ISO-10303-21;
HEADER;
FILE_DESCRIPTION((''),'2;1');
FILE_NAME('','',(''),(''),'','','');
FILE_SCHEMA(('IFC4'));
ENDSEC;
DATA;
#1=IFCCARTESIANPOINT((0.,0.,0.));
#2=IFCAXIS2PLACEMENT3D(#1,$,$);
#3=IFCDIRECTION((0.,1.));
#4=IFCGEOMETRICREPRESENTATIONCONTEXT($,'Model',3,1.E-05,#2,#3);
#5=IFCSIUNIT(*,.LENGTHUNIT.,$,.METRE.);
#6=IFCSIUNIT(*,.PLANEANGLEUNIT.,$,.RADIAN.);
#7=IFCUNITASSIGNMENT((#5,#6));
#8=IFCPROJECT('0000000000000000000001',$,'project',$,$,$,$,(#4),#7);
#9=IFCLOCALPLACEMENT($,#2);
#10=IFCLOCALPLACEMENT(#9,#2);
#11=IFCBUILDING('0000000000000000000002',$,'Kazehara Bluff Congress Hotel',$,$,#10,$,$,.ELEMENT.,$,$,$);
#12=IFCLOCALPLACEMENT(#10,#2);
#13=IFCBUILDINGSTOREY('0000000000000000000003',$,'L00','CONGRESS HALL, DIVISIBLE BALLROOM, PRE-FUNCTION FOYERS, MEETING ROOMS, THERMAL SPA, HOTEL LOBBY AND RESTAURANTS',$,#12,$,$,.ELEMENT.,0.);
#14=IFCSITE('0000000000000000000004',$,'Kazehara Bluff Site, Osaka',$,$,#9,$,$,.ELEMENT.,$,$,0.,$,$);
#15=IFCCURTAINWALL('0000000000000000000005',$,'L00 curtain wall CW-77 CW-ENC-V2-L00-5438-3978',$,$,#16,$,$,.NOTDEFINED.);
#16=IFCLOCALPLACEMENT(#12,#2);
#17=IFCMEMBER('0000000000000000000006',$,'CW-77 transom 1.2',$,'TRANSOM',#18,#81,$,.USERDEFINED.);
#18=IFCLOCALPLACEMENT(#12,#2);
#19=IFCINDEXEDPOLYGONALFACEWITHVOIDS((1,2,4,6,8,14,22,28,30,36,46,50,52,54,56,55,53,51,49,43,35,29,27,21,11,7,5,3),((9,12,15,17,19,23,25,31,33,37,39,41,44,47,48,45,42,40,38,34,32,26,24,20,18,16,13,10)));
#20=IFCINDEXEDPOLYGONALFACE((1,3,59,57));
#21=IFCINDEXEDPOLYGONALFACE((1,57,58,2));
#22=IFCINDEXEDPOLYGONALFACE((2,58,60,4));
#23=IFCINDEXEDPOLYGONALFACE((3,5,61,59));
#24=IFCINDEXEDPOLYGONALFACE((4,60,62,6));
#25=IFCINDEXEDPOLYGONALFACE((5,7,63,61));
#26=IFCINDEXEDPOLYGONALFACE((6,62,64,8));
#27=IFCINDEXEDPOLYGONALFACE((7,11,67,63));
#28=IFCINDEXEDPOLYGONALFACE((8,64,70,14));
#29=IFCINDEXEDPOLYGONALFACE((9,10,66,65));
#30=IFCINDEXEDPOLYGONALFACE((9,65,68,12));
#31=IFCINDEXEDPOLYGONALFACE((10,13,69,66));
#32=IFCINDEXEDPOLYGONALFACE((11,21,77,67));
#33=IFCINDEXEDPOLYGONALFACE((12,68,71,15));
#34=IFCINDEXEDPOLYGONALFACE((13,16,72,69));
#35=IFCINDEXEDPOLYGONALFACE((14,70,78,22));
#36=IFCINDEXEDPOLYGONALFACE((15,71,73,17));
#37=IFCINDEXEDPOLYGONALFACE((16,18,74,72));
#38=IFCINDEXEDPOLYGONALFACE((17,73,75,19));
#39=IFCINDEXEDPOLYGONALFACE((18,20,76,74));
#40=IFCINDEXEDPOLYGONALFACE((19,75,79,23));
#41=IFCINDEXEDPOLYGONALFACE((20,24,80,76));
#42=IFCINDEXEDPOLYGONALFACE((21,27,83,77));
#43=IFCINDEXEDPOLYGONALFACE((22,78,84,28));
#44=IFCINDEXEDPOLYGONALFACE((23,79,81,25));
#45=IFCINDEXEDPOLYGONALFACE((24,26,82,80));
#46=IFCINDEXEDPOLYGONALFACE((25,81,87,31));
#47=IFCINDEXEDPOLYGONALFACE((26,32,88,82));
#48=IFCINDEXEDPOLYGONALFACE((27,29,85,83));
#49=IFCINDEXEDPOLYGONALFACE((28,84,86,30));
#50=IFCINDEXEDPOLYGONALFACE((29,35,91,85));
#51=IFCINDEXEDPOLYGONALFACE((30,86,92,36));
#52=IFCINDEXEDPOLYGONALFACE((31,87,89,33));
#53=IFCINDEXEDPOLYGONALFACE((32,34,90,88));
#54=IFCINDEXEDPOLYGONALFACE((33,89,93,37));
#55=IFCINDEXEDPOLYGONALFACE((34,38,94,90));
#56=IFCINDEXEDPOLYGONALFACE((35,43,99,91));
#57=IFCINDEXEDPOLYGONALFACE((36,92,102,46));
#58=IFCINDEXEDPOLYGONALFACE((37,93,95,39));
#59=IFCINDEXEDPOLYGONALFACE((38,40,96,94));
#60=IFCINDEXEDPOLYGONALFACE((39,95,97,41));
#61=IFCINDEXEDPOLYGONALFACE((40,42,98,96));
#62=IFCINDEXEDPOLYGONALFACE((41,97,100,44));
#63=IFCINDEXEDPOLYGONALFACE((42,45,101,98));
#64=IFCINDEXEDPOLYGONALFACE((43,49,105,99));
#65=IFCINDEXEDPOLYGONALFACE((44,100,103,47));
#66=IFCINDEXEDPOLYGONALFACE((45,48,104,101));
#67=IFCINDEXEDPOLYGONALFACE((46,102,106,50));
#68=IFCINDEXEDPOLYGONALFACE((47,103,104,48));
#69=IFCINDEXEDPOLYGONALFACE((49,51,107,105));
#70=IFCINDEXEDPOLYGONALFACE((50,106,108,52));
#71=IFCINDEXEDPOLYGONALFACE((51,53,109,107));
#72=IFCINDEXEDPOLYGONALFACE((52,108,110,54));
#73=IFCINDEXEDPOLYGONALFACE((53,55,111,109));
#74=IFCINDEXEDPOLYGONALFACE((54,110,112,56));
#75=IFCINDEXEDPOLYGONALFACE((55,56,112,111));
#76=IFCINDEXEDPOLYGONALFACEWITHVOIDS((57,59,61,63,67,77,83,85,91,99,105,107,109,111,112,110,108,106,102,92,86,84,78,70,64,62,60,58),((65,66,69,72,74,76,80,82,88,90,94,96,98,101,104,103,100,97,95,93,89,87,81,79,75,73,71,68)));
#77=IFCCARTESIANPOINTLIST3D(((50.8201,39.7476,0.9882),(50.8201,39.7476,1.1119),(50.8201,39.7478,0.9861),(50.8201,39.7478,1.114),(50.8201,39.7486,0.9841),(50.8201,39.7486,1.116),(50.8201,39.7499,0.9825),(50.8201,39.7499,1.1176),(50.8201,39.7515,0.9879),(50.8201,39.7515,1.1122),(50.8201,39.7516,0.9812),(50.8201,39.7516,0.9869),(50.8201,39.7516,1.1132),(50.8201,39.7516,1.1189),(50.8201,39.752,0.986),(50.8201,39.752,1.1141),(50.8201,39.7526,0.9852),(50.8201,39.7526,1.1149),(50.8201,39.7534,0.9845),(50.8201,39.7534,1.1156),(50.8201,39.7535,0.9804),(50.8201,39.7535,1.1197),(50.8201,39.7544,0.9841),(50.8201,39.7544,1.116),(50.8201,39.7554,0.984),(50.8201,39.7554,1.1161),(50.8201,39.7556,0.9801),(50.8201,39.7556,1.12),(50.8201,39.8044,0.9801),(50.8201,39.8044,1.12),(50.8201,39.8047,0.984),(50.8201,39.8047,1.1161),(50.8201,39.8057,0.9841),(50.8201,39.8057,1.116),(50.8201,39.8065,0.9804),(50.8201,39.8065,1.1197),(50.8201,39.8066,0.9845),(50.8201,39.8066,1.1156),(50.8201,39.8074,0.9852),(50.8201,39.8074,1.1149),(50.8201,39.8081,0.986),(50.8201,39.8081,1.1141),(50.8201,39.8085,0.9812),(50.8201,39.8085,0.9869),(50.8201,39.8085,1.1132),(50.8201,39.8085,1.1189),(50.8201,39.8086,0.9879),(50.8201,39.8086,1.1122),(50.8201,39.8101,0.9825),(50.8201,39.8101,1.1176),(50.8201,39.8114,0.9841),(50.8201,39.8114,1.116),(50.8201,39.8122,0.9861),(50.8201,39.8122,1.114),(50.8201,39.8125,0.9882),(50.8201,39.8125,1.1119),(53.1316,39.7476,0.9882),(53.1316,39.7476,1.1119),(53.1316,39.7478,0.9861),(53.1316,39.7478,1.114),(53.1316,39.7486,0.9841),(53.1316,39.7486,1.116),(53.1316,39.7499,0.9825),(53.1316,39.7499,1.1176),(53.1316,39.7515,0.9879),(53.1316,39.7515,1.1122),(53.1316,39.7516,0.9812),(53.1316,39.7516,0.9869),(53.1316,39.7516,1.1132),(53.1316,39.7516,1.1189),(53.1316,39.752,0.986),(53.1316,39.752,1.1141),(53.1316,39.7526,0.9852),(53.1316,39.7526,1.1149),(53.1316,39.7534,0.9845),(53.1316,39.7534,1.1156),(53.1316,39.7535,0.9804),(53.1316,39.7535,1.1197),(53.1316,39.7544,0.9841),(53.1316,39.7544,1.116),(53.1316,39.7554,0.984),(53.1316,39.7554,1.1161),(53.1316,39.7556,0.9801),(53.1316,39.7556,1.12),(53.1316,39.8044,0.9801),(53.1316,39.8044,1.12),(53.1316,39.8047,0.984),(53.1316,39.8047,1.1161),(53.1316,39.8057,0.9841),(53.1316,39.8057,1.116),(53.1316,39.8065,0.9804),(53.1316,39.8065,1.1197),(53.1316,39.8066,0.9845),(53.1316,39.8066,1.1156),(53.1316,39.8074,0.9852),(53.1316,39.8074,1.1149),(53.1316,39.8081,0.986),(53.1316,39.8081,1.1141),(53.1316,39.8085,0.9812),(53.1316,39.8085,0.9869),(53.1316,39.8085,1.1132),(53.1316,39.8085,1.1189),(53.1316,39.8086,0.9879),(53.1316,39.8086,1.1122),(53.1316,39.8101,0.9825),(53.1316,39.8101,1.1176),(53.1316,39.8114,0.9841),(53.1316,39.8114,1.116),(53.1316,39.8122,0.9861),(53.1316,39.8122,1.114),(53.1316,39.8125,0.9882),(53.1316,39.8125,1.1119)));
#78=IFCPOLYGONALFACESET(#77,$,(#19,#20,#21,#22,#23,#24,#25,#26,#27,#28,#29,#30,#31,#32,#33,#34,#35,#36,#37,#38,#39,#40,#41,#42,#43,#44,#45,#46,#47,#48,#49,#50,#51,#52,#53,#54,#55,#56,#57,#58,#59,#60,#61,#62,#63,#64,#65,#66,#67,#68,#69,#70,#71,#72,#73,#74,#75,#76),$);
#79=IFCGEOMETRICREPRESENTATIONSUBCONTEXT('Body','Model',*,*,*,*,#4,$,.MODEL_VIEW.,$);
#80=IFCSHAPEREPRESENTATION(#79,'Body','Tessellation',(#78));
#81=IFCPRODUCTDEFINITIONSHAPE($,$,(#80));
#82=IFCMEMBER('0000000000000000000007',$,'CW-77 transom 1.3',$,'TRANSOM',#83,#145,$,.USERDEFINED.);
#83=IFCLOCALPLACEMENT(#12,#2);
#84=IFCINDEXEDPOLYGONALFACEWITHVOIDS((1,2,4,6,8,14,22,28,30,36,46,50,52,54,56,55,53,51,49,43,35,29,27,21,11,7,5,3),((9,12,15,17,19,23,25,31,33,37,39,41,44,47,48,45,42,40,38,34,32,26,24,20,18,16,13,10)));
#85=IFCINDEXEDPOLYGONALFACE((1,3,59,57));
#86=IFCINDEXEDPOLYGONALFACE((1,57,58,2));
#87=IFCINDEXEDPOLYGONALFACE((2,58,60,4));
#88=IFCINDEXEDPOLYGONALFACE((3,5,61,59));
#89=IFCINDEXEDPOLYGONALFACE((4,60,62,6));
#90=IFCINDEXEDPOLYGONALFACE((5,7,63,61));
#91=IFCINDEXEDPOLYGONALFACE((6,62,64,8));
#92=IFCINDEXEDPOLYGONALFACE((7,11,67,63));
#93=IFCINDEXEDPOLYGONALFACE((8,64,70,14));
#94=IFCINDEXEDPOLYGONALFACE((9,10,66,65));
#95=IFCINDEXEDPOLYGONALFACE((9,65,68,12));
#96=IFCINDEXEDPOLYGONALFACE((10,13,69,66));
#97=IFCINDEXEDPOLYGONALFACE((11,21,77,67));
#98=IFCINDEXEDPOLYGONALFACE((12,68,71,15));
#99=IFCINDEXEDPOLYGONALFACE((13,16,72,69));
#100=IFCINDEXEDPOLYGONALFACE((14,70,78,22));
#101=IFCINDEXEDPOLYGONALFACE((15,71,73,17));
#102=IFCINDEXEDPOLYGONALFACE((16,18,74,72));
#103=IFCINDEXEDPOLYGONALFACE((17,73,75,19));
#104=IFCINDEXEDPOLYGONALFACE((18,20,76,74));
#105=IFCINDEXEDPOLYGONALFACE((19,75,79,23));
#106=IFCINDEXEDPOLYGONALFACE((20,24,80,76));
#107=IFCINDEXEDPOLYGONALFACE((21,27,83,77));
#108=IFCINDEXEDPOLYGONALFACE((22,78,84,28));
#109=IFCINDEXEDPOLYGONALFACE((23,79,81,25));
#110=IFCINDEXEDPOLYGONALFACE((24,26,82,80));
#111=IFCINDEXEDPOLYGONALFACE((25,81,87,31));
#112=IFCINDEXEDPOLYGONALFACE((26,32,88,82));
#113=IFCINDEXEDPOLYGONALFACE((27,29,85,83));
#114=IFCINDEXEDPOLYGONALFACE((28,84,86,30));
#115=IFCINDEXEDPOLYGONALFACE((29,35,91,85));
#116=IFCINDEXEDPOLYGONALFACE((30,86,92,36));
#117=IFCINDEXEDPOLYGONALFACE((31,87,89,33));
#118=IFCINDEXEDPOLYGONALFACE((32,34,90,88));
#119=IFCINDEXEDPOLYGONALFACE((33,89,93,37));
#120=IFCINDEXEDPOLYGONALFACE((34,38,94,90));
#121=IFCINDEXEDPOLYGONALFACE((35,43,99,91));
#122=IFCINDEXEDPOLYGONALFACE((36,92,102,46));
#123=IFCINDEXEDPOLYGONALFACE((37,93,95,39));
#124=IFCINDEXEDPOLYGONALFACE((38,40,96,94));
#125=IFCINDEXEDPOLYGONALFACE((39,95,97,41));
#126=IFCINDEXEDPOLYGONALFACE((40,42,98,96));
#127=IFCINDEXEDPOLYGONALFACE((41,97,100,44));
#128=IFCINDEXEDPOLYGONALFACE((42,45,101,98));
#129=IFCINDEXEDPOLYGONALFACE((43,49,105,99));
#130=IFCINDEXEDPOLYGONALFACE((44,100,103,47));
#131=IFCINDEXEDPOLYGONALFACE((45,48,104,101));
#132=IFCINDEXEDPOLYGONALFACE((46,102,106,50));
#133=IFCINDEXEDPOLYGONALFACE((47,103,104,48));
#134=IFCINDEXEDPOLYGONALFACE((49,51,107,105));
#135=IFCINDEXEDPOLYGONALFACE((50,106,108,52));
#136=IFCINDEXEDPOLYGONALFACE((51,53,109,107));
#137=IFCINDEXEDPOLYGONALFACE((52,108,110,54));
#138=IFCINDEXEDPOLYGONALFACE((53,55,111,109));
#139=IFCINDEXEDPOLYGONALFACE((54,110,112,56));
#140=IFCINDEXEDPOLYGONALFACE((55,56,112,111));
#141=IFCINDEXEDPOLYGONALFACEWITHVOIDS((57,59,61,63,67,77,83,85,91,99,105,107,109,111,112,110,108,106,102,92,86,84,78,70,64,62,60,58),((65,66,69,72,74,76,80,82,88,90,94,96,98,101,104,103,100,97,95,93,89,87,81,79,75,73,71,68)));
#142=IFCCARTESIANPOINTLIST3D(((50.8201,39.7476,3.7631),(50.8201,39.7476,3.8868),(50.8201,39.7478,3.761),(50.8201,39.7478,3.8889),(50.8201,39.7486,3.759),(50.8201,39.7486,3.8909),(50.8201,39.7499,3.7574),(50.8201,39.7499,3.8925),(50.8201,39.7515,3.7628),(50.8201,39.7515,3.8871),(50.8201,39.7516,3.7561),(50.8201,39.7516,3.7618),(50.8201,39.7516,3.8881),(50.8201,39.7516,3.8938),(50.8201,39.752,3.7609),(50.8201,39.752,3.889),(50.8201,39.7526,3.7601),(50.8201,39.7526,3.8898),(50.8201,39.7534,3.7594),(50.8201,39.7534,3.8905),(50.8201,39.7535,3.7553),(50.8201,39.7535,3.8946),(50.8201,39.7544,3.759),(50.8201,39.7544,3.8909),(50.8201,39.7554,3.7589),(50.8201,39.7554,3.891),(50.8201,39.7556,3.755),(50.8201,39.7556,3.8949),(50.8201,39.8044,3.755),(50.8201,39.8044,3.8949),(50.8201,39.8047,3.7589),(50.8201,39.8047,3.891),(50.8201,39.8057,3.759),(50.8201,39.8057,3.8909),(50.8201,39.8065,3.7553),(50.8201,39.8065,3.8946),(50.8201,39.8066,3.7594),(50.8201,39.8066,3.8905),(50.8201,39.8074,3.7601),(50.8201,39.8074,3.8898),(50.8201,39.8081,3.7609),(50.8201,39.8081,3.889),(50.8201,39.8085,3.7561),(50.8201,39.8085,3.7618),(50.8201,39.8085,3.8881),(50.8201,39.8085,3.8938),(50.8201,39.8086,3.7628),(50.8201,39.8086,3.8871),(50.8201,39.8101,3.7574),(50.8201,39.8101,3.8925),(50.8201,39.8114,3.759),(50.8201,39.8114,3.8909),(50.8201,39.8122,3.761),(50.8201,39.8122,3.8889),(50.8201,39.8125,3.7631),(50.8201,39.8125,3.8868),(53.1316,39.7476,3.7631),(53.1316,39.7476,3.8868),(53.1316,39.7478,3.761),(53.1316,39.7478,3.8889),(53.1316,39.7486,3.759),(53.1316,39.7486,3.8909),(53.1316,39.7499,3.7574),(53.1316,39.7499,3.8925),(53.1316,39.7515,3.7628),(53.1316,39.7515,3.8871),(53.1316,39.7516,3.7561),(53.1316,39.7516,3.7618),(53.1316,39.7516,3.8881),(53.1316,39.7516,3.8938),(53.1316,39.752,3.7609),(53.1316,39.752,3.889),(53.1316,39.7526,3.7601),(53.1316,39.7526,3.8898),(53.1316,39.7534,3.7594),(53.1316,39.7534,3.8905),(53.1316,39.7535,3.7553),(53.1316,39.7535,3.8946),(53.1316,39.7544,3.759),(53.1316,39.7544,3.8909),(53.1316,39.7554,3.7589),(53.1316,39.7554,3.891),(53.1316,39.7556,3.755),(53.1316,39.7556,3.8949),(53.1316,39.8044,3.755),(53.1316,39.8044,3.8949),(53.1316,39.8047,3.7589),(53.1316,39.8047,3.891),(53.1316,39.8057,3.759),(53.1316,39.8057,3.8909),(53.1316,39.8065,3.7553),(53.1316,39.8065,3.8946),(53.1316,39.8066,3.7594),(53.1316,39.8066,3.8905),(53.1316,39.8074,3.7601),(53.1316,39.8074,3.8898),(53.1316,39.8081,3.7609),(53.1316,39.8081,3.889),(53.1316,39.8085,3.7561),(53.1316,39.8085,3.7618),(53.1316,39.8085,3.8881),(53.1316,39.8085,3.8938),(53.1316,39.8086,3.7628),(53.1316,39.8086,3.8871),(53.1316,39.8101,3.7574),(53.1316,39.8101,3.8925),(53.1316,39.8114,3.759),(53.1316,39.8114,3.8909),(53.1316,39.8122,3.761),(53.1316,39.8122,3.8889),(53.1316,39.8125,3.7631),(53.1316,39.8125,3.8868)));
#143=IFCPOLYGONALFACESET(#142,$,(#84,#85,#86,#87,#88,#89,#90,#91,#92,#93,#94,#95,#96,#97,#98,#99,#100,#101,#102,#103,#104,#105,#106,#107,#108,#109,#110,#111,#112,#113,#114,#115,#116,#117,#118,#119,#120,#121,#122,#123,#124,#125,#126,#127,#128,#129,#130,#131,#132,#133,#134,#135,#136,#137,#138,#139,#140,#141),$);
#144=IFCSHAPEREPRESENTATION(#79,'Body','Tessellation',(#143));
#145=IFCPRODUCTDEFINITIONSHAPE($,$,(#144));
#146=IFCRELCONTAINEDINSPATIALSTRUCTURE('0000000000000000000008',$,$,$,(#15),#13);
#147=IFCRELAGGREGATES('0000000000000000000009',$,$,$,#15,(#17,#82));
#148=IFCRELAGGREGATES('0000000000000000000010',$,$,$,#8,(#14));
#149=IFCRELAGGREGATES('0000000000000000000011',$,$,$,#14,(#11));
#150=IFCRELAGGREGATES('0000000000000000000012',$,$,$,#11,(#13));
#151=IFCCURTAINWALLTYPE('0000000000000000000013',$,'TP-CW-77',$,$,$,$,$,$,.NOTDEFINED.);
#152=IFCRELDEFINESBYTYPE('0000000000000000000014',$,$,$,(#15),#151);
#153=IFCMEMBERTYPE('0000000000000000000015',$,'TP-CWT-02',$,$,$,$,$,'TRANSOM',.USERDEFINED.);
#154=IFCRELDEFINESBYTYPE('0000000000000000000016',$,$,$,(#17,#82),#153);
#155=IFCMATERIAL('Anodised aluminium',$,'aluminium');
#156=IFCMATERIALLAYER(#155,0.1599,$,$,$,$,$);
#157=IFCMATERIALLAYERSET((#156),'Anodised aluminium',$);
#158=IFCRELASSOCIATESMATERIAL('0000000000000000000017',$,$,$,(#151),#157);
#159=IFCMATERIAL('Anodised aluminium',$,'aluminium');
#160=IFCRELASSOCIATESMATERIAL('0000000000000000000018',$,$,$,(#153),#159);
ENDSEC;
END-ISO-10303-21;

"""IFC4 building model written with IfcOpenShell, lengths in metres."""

from ifc_helpers import new_model, si_unit, direction, frame, origin, origin_2d, place, context, subcontext, project, spatial, hollow_rectangle, extrude, material, layer, layer_set, material_profile, profile_set, type_object, element, aggregate, save


model = new_model("IFC4")

# Units and contexts
model_context = context("Model", 3, precision=1e-05, world=origin(), true_north=direction((0.0, 1.0)))
body_context = subcontext(model_context, "Body", "Model", "MODEL_VIEW")
ifc_project = project(units=[si_unit("LENGTHUNIT", "METRE"), si_unit("PLANEANGLEUNIT", "RADIAN")], contexts=[model_context])

# Site, building, storey
site_placement = place(None, origin())
site = spatial("IfcSite", under=ifc_project, at=site_placement, Name="Kazehara Bluff Site, Osaka", CompositionType="ELEMENT", RefElevation=0.0)
building_placement = place(site_placement, origin())
building = spatial("IfcBuilding", under=site, at=building_placement, Name="Kazehara Bluff Congress Hotel", CompositionType="ELEMENT")
storey_placement = place(building_placement, origin())
storey = spatial("IfcBuildingStorey", under=building, at=storey_placement, Name="L00", Description="CONGRESS HALL, DIVISIBLE BALLROOM, PRE-FUNCTION FOYERS, MEETING ROOMS, THERMAL SPA, HOTEL LOBBY AND RESTAURANTS", CompositionType="ELEMENT", Elevation=0.0)

# Curtain wall
ifc_material_1 = material(Name="Anodised aluminium", Category="aluminium")
ifc_layer_1 = layer(ifc_material_1, 0.1599)
ifc_layer_set_1 = layer_set([ifc_layer_1], Name="Anodised aluminium")
curtain_wall_type_1 = type_object("IfcCurtainWallType", Name="TP-CW-77", PredefinedType="NOTDEFINED", material=ifc_layer_set_1)
curtain_wall_1_placement = place(storey_placement, origin())
curtain_wall_1 = element("IfcCurtainWall", 1, at=curtain_wall_1_placement, inside=storey, type_object=curtain_wall_type_1, Name="L00 curtain wall CW-77 CW-ENC-V2-L00-5438-3978", PredefinedType="NOTDEFINED")

# Members
ifc_material_2 = material(Name="Anodised aluminium", Category="aluminium")
ifc_material_profile_1 = material_profile(ifc_material_2, hollow_rectangle(XDim=0.0649, YDim=0.1399, WallThickness=0.0039, InnerFilletRadius=0.0039, OuterFilletRadius=0.0081, at=origin_2d()))
ifc_profile_set_1 = profile_set([ifc_material_profile_1], Name="Anodised aluminium")
member_type_1 = type_object("IfcMemberType", Name="TP-CWT-02", ElementType="TRANSOM", PredefinedType="USERDEFINED", material=ifc_profile_set_1)
member_1_placement = place(storey_placement, frame((50.8201, 39.78, 1.05), z_axis=(1.0, 0.0, 0.0), x_axis=(0.0, 1.0, 0.0)))
member_1 = element("IfcMember", 2, at=member_1_placement, type_object=member_type_1, Name="CW-77 transom 1.2", ObjectType="TRANSOM", PredefinedType="USERDEFINED", context=body_context, shape_type="SweptSolid", body=[
    extrude(hollow_rectangle(XDim=0.0649, YDim=0.1399, WallThickness=0.0039, InnerFilletRadius=0.0039, OuterFilletRadius=0.0081, at=origin_2d()), origin(), (0.0, 0.0, 1.0), 2.3115),
])
member_2_placement = place(storey_placement, frame((50.8201, 39.78, 3.825), z_axis=(1.0, 0.0, 0.0), x_axis=(0.0, 1.0, 0.0)))
member_2 = element("IfcMember", 3, at=member_2_placement, type_object=member_type_1, Name="CW-77 transom 1.3", ObjectType="TRANSOM", PredefinedType="USERDEFINED", context=body_context, shape_type="SweptSolid", body=[
    extrude(hollow_rectangle(XDim=0.0649, YDim=0.1399, WallThickness=0.0039, InnerFilletRadius=0.0039, OuterFilletRadius=0.0081, at=origin_2d()), origin(), (0.0, 0.0, 1.0), 2.3115),
])

aggregate(curtain_wall_1, [member_1, member_2])

save(model, "model.ifc")
